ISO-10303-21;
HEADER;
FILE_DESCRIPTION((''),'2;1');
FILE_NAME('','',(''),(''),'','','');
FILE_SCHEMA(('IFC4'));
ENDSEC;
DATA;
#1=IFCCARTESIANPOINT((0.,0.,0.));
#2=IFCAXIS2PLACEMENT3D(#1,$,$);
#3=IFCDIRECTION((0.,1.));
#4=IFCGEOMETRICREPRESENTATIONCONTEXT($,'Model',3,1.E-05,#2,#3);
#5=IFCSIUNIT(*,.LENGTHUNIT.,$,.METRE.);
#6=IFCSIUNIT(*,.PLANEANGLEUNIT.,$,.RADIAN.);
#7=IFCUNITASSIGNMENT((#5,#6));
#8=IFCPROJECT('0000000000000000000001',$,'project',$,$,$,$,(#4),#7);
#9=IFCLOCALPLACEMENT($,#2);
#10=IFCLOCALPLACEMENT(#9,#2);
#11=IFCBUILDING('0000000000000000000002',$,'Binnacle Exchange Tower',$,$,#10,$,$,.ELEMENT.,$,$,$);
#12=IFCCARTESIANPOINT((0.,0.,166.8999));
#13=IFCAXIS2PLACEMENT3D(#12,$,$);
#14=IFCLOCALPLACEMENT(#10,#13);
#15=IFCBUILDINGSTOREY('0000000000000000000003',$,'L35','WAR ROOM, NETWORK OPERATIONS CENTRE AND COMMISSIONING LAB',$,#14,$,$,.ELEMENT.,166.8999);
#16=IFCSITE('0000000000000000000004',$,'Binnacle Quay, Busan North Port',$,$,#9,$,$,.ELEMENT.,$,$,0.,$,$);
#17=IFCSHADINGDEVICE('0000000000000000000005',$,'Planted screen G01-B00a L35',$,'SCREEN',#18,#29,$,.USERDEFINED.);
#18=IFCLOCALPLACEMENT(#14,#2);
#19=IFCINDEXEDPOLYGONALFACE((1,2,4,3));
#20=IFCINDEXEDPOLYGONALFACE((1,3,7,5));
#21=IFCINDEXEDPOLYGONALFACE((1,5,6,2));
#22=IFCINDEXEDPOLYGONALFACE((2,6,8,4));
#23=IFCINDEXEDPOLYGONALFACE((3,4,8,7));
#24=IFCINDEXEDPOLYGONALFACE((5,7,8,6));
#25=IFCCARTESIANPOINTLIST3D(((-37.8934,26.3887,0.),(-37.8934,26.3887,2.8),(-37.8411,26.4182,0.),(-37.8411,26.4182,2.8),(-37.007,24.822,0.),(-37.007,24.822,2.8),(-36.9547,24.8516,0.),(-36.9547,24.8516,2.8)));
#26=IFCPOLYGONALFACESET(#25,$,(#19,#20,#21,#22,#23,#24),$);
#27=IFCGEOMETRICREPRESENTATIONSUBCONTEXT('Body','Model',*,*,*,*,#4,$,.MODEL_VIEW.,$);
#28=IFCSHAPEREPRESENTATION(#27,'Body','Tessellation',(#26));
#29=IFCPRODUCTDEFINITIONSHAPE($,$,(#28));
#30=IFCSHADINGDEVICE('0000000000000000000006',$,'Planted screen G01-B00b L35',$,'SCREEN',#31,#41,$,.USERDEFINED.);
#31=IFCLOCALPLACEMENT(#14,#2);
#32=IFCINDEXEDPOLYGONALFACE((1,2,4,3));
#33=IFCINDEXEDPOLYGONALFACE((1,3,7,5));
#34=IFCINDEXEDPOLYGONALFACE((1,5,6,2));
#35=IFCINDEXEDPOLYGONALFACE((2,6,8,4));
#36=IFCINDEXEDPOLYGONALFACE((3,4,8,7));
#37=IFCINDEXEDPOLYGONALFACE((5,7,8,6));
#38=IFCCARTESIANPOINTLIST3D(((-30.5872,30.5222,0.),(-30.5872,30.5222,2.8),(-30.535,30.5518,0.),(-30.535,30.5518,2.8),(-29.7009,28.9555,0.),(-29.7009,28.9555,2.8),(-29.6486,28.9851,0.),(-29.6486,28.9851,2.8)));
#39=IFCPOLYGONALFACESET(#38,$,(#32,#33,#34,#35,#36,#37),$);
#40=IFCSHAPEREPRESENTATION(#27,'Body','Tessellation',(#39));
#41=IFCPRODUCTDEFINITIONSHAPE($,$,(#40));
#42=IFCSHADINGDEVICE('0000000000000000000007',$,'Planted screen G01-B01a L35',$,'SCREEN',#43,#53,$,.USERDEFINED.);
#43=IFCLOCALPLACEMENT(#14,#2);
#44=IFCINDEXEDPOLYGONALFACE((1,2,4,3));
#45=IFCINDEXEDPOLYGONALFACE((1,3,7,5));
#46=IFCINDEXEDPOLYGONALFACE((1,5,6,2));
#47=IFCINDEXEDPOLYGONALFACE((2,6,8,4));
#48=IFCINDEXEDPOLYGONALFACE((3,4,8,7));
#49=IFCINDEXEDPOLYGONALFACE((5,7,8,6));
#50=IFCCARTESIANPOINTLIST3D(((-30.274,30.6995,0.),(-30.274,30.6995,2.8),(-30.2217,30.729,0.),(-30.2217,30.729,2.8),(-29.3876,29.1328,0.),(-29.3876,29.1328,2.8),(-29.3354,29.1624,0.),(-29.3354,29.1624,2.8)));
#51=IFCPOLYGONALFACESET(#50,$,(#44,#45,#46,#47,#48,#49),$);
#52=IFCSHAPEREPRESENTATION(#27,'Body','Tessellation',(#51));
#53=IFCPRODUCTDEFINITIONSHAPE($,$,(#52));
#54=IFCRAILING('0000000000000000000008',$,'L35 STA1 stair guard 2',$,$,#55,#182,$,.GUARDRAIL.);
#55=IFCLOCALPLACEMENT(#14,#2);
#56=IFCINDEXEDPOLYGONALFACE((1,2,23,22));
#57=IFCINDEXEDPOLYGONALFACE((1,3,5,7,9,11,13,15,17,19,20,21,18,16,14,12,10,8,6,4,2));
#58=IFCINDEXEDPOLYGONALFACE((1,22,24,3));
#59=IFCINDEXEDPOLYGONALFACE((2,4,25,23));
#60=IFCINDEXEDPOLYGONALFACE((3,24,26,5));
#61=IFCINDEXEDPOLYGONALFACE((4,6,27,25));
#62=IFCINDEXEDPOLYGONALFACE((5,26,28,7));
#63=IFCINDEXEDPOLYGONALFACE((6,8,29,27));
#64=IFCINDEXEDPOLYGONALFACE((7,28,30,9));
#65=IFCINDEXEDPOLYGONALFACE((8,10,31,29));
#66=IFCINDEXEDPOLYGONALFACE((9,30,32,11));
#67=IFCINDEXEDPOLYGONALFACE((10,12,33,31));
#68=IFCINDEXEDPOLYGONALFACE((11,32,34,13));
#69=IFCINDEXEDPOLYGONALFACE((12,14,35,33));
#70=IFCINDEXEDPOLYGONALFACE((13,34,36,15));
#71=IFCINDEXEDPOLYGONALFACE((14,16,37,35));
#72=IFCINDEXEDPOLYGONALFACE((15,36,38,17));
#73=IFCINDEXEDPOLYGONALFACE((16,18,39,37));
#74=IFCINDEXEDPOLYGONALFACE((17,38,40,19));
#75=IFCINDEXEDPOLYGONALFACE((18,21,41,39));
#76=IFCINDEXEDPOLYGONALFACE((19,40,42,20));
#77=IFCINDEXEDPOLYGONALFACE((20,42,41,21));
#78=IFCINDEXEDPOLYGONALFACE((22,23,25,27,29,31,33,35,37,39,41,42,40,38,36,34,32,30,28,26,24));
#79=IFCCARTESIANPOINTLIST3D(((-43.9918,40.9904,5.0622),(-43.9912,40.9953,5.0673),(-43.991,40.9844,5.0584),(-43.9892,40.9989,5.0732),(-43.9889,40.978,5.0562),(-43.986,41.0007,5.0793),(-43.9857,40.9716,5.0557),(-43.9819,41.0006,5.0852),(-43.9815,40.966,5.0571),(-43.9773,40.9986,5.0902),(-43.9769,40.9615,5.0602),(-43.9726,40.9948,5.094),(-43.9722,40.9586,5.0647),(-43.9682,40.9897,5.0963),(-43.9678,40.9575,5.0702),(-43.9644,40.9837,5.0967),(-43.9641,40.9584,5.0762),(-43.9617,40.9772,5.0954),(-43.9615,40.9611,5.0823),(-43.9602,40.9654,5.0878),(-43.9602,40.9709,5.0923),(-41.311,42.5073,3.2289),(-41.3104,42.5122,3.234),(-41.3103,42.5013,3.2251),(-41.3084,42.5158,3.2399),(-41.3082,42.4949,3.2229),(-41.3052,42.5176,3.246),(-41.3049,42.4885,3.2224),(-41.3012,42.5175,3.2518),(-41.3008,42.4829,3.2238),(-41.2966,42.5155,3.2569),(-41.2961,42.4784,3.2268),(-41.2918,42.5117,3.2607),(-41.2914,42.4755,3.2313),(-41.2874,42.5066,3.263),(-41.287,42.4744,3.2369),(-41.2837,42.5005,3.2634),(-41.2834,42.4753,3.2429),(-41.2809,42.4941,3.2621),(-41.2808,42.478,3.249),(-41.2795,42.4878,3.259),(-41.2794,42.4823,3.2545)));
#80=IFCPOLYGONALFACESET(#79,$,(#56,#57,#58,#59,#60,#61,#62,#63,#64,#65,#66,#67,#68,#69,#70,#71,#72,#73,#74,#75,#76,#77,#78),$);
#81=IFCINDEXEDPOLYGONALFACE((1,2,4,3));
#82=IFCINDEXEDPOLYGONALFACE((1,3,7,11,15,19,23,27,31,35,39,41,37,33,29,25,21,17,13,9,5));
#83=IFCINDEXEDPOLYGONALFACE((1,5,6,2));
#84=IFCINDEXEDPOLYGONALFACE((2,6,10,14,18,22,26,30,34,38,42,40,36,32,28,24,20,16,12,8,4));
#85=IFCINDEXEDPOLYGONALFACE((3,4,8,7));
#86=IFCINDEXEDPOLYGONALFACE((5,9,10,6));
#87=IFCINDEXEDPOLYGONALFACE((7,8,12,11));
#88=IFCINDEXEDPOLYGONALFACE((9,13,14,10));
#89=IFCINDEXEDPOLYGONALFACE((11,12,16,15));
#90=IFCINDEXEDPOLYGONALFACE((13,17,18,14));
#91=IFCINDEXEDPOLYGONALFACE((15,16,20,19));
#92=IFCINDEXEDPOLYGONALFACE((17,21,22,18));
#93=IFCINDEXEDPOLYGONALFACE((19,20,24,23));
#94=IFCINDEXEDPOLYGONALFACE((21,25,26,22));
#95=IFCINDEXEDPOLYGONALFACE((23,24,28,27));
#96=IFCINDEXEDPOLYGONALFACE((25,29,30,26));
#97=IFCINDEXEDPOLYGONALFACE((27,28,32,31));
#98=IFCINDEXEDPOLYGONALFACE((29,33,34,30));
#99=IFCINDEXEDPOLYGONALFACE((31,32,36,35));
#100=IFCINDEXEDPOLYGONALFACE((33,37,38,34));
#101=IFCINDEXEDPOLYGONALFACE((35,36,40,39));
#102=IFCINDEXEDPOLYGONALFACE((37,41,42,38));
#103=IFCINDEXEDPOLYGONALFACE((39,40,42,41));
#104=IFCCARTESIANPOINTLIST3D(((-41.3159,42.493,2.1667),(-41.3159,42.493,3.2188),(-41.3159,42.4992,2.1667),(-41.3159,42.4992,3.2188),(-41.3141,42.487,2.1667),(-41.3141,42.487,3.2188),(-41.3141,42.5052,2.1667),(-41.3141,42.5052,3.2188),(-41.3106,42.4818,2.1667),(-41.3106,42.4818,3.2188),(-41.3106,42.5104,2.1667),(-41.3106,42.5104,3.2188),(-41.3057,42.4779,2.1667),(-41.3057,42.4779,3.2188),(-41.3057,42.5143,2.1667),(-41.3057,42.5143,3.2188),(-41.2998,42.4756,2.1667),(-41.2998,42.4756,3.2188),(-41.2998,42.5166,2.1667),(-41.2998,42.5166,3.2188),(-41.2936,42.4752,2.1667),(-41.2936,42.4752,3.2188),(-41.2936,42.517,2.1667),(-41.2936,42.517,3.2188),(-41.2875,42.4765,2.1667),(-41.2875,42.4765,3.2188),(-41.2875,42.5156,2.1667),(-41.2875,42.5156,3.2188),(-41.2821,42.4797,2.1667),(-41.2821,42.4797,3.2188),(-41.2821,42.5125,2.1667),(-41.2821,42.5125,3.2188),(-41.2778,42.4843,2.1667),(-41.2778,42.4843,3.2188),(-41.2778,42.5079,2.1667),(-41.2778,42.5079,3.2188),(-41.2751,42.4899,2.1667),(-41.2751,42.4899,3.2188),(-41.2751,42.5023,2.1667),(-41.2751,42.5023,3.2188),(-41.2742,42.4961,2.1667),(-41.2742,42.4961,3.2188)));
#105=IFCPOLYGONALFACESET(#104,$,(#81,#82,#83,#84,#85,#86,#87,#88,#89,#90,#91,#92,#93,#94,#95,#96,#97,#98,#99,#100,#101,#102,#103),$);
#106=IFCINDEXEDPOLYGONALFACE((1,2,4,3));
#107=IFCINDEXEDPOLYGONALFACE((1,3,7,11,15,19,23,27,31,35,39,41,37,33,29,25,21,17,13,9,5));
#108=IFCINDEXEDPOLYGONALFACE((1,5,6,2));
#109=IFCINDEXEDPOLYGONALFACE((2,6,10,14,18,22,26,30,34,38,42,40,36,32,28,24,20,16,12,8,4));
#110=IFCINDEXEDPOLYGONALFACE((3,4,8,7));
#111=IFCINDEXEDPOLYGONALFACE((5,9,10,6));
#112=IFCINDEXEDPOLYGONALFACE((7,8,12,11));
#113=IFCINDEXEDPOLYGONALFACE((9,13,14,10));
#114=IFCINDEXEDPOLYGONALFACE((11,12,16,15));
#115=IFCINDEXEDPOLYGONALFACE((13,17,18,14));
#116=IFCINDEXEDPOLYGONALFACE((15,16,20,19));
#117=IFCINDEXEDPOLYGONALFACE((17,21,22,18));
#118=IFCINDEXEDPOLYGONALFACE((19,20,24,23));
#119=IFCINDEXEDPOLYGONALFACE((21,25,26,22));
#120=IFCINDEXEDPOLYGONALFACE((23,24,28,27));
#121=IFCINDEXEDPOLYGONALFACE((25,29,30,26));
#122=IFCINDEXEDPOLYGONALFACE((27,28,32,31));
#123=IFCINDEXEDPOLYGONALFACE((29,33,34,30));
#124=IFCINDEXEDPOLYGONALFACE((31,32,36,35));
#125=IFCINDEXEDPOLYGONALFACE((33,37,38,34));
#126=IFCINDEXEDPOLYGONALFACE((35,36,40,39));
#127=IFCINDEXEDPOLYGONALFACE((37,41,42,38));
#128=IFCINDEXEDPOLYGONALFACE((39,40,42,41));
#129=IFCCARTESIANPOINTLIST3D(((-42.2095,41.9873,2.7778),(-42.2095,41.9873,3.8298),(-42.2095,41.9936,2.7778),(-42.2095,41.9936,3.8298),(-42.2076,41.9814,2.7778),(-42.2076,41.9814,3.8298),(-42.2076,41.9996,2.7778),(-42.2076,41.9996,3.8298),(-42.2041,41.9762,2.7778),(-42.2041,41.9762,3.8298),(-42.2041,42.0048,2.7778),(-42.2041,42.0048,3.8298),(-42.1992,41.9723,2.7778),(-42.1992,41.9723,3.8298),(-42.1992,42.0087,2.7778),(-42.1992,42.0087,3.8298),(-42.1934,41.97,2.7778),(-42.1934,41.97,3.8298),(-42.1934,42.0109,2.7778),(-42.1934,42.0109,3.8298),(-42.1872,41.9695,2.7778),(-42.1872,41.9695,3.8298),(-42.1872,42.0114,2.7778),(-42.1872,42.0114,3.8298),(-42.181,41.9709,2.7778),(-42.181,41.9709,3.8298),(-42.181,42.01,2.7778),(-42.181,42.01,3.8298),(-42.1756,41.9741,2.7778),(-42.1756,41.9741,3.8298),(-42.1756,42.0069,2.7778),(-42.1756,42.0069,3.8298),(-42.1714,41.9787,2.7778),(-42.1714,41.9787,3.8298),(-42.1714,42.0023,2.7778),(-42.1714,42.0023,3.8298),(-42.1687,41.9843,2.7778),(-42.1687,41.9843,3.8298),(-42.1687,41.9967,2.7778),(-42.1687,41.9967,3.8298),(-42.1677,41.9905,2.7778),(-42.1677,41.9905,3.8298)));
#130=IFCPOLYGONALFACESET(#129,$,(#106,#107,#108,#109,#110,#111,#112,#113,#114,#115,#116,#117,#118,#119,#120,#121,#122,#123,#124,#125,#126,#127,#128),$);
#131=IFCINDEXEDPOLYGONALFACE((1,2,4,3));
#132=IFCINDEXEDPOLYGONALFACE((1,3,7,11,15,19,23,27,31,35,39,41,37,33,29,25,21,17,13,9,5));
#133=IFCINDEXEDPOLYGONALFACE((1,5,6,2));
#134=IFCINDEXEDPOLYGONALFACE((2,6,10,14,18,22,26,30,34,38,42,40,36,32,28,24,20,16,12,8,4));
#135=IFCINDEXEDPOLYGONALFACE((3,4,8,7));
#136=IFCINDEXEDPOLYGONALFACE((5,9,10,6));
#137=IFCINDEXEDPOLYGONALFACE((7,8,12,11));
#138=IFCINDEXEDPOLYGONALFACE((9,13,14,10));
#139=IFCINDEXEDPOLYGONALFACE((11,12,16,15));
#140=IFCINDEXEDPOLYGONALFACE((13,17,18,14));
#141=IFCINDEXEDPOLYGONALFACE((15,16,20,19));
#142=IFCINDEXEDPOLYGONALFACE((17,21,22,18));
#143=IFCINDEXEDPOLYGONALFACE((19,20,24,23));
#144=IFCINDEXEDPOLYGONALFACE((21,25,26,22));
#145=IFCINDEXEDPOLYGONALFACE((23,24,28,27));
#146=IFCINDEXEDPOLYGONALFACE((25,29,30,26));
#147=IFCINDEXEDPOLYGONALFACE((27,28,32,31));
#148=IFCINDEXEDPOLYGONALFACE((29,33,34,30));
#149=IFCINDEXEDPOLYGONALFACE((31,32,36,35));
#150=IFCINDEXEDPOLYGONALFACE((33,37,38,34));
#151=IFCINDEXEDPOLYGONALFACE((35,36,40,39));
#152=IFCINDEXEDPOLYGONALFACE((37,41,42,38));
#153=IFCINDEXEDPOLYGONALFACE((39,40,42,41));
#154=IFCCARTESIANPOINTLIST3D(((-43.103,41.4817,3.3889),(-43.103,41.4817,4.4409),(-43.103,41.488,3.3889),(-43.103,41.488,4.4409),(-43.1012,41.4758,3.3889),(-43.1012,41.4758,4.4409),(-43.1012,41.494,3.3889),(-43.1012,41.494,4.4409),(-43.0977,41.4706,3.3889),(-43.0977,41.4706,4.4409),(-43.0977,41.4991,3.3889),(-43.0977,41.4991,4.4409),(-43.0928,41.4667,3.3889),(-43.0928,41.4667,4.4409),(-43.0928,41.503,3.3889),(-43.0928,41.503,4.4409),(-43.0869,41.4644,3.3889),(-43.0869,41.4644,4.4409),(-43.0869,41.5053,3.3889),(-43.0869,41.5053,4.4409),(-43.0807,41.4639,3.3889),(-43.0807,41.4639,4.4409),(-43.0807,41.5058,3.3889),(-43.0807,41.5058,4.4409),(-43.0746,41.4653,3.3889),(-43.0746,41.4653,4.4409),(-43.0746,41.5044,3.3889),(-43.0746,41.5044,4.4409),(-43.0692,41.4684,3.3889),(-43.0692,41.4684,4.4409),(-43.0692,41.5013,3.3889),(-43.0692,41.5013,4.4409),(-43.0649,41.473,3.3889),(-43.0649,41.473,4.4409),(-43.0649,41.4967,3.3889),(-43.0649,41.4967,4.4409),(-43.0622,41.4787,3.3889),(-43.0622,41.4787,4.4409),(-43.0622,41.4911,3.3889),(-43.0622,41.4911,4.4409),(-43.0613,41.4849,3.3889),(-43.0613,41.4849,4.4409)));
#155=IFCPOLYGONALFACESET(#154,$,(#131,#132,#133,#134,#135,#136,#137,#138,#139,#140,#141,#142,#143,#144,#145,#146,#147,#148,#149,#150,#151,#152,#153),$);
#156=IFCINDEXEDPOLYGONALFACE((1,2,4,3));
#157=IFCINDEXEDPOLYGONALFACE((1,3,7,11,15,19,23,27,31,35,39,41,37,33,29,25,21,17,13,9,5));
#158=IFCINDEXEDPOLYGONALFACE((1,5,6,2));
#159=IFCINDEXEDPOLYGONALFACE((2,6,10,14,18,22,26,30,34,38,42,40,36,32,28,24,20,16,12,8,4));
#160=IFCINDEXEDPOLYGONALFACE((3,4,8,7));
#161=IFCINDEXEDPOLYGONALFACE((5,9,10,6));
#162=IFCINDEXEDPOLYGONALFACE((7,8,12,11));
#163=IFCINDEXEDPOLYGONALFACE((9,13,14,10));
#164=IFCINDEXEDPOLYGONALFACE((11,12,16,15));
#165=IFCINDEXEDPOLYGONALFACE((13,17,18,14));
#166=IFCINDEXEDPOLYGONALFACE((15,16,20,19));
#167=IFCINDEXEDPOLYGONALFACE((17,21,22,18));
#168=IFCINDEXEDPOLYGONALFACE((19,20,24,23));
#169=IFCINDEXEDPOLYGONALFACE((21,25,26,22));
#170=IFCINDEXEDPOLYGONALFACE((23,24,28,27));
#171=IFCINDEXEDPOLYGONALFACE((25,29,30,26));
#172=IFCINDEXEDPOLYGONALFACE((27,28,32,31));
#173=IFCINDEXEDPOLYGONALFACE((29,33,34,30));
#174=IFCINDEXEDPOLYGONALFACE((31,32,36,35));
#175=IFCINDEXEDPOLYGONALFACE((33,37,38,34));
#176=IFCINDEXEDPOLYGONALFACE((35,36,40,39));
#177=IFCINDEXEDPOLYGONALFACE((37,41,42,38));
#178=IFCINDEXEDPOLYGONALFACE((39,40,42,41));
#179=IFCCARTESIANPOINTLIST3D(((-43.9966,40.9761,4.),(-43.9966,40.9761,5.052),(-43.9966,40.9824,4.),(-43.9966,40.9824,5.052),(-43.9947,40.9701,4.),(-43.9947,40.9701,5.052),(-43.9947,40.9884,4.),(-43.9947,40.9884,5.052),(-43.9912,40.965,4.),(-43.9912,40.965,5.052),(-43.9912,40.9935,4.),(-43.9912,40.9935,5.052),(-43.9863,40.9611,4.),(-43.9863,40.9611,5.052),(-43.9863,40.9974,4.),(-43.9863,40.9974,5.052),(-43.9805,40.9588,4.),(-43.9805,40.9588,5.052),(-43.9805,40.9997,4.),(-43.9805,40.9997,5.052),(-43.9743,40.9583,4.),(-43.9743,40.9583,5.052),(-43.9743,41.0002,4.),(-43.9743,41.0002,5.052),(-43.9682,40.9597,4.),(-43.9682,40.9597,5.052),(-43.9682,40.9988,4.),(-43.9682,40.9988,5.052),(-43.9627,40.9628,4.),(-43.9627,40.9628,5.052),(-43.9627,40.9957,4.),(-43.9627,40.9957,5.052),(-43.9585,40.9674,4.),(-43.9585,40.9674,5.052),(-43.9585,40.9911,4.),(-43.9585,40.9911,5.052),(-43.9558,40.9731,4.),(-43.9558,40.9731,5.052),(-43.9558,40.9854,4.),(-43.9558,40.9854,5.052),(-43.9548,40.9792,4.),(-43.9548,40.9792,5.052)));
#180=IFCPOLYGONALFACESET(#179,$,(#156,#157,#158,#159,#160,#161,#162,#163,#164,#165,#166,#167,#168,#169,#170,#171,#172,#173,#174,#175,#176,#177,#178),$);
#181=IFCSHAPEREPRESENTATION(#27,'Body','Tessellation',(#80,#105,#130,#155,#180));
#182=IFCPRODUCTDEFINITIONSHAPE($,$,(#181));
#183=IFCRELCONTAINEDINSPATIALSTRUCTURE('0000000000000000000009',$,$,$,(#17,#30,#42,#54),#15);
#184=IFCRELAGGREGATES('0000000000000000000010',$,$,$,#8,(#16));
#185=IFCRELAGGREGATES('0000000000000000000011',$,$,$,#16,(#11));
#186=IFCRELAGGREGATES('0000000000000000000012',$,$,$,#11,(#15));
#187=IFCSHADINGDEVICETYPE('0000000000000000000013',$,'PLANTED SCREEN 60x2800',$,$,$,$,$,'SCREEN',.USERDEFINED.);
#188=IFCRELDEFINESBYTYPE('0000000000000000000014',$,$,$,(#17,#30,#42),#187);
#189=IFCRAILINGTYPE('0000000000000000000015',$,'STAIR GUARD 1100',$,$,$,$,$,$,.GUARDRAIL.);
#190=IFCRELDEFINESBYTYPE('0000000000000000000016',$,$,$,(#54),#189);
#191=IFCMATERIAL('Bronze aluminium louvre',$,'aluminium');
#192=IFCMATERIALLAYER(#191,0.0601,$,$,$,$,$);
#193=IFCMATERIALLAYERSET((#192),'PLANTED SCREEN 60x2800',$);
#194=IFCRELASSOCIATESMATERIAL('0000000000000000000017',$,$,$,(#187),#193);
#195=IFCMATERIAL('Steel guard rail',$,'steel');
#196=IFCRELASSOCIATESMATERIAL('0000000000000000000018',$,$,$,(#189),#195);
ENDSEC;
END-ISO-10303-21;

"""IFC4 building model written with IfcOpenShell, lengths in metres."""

from ifc_helpers import new_model, si_unit, direction, frame, origin, origin_2d, place, context, subcontext, project, spatial, rectangle, circle, extrude, material, layer, layer_set, type_object, element, save


model = new_model("IFC4")

# Units and contexts
model_context = context("Model", 3, precision=1e-05, world=origin(), true_north=direction((0.0, 1.0)))
body_context = subcontext(model_context, "Body", "Model", "MODEL_VIEW")
ifc_project = project(units=[si_unit("LENGTHUNIT", "METRE"), si_unit("PLANEANGLEUNIT", "RADIAN")], contexts=[model_context])

# Site, building, storey
site_placement = place(None, origin())
site = spatial("IfcSite", under=ifc_project, at=site_placement, Name="Binnacle Quay, Busan North Port", CompositionType="ELEMENT", RefElevation=0.0)
building_placement = place(site_placement, origin())
building = spatial("IfcBuilding", under=site, at=building_placement, Name="Binnacle Exchange Tower", CompositionType="ELEMENT")
storey_placement = place(building_placement, frame((0.0, 0.0, 166.8999)))
storey = spatial("IfcBuildingStorey", under=building, at=storey_placement, Name="L35", Description="WAR ROOM, NETWORK OPERATIONS CENTRE AND COMMISSIONING LAB", CompositionType="ELEMENT", Elevation=166.8999)

# Shading devices
ifc_material_1 = material(Name="Bronze aluminium louvre", Category="aluminium")
ifc_layer_1 = layer(ifc_material_1, 0.0601)
ifc_layer_set_1 = layer_set([ifc_layer_1], Name="PLANTED SCREEN 60x2800")
shading_device_type = type_object("IfcShadingDeviceType", Name="PLANTED SCREEN 60x2800", ElementType="SCREEN", PredefinedType="USERDEFINED", material=ifc_layer_set_1)
for number, where, z_axis, x_axis, name in (
    (1, (-37.4241, 25.6201, 0.0), (0.0, 0.0, 1.0), (0.870356, 0.492424, 0.0), "Planted screen G01-B00a L35"),
    (2, (-30.1179, 29.7537, 0.0), (0.0, 0.0, 1.0), (0.870356, 0.492424, 0.0), "Planted screen G01-B00b L35"),
    (3, (-29.8047, 29.9309, 0.0), (0.0, 0.0, 1.0), (0.870356, 0.492424, 0.0), "Planted screen G01-B01a L35"),
):
    element("IfcShadingDevice", number, at=place(storey_placement, frame(where, z_axis=z_axis, x_axis=x_axis)), inside=storey, type_object=shading_device_type, Name=name, ObjectType="SCREEN", PredefinedType="USERDEFINED", context=body_context, shape_type="SweptSolid", body=[
        extrude(rectangle(XDim=0.0601, YDim=1.8, at=origin_2d()), origin(), (0.0, 0.0, 1.0), 2.8),
    ])

# Railing
ifc_material_2 = material(Name="Steel guard rail", Category="steel")
railing_type_1 = type_object("IfcRailingType", Name="STAIR GUARD 1100", PredefinedType="GUARDRAIL", material=ifc_material_2)
railing_1_placement = place(storey_placement, frame((-41.2952, 42.4961, 2.1667)))
element("IfcRailing", 4, at=railing_1_placement, inside=storey, type_object=railing_type_1, Name="L35 STA1 stair guard 2", PredefinedType="GUARDRAIL", context=body_context, shape_type="SweptSolid", body=[
    extrude(circle(Radius=0.0239, at=origin_2d()), frame((0.0, 0.0, 1.0762), z_axis=(-0.747879, -0.423185, 0.51146), x_axis=(0.492472, -0.870328, 0.0)), (0.0, 0.0, 1.0), 3.5845),
    extrude(circle(Radius=0.021, at=origin_2d()), origin(), (0.0, 0.0, 1.0), 1.052),
    extrude(circle(Radius=0.021, at=origin_2d()), frame((-0.8936, -0.5056, 0.6111)), (0.0, 0.0, 1.0), 1.052),
    extrude(circle(Radius=0.021, at=origin_2d()), frame((-1.7871, -1.0112, 1.2222)), (0.0, 0.0, 1.0), 1.052),
    extrude(circle(Radius=0.021, at=origin_2d()), frame((-2.6807, -1.5168, 1.8333)), (0.0, 0.0, 1.0), 1.052),
])

save(model, "model.ifc")
